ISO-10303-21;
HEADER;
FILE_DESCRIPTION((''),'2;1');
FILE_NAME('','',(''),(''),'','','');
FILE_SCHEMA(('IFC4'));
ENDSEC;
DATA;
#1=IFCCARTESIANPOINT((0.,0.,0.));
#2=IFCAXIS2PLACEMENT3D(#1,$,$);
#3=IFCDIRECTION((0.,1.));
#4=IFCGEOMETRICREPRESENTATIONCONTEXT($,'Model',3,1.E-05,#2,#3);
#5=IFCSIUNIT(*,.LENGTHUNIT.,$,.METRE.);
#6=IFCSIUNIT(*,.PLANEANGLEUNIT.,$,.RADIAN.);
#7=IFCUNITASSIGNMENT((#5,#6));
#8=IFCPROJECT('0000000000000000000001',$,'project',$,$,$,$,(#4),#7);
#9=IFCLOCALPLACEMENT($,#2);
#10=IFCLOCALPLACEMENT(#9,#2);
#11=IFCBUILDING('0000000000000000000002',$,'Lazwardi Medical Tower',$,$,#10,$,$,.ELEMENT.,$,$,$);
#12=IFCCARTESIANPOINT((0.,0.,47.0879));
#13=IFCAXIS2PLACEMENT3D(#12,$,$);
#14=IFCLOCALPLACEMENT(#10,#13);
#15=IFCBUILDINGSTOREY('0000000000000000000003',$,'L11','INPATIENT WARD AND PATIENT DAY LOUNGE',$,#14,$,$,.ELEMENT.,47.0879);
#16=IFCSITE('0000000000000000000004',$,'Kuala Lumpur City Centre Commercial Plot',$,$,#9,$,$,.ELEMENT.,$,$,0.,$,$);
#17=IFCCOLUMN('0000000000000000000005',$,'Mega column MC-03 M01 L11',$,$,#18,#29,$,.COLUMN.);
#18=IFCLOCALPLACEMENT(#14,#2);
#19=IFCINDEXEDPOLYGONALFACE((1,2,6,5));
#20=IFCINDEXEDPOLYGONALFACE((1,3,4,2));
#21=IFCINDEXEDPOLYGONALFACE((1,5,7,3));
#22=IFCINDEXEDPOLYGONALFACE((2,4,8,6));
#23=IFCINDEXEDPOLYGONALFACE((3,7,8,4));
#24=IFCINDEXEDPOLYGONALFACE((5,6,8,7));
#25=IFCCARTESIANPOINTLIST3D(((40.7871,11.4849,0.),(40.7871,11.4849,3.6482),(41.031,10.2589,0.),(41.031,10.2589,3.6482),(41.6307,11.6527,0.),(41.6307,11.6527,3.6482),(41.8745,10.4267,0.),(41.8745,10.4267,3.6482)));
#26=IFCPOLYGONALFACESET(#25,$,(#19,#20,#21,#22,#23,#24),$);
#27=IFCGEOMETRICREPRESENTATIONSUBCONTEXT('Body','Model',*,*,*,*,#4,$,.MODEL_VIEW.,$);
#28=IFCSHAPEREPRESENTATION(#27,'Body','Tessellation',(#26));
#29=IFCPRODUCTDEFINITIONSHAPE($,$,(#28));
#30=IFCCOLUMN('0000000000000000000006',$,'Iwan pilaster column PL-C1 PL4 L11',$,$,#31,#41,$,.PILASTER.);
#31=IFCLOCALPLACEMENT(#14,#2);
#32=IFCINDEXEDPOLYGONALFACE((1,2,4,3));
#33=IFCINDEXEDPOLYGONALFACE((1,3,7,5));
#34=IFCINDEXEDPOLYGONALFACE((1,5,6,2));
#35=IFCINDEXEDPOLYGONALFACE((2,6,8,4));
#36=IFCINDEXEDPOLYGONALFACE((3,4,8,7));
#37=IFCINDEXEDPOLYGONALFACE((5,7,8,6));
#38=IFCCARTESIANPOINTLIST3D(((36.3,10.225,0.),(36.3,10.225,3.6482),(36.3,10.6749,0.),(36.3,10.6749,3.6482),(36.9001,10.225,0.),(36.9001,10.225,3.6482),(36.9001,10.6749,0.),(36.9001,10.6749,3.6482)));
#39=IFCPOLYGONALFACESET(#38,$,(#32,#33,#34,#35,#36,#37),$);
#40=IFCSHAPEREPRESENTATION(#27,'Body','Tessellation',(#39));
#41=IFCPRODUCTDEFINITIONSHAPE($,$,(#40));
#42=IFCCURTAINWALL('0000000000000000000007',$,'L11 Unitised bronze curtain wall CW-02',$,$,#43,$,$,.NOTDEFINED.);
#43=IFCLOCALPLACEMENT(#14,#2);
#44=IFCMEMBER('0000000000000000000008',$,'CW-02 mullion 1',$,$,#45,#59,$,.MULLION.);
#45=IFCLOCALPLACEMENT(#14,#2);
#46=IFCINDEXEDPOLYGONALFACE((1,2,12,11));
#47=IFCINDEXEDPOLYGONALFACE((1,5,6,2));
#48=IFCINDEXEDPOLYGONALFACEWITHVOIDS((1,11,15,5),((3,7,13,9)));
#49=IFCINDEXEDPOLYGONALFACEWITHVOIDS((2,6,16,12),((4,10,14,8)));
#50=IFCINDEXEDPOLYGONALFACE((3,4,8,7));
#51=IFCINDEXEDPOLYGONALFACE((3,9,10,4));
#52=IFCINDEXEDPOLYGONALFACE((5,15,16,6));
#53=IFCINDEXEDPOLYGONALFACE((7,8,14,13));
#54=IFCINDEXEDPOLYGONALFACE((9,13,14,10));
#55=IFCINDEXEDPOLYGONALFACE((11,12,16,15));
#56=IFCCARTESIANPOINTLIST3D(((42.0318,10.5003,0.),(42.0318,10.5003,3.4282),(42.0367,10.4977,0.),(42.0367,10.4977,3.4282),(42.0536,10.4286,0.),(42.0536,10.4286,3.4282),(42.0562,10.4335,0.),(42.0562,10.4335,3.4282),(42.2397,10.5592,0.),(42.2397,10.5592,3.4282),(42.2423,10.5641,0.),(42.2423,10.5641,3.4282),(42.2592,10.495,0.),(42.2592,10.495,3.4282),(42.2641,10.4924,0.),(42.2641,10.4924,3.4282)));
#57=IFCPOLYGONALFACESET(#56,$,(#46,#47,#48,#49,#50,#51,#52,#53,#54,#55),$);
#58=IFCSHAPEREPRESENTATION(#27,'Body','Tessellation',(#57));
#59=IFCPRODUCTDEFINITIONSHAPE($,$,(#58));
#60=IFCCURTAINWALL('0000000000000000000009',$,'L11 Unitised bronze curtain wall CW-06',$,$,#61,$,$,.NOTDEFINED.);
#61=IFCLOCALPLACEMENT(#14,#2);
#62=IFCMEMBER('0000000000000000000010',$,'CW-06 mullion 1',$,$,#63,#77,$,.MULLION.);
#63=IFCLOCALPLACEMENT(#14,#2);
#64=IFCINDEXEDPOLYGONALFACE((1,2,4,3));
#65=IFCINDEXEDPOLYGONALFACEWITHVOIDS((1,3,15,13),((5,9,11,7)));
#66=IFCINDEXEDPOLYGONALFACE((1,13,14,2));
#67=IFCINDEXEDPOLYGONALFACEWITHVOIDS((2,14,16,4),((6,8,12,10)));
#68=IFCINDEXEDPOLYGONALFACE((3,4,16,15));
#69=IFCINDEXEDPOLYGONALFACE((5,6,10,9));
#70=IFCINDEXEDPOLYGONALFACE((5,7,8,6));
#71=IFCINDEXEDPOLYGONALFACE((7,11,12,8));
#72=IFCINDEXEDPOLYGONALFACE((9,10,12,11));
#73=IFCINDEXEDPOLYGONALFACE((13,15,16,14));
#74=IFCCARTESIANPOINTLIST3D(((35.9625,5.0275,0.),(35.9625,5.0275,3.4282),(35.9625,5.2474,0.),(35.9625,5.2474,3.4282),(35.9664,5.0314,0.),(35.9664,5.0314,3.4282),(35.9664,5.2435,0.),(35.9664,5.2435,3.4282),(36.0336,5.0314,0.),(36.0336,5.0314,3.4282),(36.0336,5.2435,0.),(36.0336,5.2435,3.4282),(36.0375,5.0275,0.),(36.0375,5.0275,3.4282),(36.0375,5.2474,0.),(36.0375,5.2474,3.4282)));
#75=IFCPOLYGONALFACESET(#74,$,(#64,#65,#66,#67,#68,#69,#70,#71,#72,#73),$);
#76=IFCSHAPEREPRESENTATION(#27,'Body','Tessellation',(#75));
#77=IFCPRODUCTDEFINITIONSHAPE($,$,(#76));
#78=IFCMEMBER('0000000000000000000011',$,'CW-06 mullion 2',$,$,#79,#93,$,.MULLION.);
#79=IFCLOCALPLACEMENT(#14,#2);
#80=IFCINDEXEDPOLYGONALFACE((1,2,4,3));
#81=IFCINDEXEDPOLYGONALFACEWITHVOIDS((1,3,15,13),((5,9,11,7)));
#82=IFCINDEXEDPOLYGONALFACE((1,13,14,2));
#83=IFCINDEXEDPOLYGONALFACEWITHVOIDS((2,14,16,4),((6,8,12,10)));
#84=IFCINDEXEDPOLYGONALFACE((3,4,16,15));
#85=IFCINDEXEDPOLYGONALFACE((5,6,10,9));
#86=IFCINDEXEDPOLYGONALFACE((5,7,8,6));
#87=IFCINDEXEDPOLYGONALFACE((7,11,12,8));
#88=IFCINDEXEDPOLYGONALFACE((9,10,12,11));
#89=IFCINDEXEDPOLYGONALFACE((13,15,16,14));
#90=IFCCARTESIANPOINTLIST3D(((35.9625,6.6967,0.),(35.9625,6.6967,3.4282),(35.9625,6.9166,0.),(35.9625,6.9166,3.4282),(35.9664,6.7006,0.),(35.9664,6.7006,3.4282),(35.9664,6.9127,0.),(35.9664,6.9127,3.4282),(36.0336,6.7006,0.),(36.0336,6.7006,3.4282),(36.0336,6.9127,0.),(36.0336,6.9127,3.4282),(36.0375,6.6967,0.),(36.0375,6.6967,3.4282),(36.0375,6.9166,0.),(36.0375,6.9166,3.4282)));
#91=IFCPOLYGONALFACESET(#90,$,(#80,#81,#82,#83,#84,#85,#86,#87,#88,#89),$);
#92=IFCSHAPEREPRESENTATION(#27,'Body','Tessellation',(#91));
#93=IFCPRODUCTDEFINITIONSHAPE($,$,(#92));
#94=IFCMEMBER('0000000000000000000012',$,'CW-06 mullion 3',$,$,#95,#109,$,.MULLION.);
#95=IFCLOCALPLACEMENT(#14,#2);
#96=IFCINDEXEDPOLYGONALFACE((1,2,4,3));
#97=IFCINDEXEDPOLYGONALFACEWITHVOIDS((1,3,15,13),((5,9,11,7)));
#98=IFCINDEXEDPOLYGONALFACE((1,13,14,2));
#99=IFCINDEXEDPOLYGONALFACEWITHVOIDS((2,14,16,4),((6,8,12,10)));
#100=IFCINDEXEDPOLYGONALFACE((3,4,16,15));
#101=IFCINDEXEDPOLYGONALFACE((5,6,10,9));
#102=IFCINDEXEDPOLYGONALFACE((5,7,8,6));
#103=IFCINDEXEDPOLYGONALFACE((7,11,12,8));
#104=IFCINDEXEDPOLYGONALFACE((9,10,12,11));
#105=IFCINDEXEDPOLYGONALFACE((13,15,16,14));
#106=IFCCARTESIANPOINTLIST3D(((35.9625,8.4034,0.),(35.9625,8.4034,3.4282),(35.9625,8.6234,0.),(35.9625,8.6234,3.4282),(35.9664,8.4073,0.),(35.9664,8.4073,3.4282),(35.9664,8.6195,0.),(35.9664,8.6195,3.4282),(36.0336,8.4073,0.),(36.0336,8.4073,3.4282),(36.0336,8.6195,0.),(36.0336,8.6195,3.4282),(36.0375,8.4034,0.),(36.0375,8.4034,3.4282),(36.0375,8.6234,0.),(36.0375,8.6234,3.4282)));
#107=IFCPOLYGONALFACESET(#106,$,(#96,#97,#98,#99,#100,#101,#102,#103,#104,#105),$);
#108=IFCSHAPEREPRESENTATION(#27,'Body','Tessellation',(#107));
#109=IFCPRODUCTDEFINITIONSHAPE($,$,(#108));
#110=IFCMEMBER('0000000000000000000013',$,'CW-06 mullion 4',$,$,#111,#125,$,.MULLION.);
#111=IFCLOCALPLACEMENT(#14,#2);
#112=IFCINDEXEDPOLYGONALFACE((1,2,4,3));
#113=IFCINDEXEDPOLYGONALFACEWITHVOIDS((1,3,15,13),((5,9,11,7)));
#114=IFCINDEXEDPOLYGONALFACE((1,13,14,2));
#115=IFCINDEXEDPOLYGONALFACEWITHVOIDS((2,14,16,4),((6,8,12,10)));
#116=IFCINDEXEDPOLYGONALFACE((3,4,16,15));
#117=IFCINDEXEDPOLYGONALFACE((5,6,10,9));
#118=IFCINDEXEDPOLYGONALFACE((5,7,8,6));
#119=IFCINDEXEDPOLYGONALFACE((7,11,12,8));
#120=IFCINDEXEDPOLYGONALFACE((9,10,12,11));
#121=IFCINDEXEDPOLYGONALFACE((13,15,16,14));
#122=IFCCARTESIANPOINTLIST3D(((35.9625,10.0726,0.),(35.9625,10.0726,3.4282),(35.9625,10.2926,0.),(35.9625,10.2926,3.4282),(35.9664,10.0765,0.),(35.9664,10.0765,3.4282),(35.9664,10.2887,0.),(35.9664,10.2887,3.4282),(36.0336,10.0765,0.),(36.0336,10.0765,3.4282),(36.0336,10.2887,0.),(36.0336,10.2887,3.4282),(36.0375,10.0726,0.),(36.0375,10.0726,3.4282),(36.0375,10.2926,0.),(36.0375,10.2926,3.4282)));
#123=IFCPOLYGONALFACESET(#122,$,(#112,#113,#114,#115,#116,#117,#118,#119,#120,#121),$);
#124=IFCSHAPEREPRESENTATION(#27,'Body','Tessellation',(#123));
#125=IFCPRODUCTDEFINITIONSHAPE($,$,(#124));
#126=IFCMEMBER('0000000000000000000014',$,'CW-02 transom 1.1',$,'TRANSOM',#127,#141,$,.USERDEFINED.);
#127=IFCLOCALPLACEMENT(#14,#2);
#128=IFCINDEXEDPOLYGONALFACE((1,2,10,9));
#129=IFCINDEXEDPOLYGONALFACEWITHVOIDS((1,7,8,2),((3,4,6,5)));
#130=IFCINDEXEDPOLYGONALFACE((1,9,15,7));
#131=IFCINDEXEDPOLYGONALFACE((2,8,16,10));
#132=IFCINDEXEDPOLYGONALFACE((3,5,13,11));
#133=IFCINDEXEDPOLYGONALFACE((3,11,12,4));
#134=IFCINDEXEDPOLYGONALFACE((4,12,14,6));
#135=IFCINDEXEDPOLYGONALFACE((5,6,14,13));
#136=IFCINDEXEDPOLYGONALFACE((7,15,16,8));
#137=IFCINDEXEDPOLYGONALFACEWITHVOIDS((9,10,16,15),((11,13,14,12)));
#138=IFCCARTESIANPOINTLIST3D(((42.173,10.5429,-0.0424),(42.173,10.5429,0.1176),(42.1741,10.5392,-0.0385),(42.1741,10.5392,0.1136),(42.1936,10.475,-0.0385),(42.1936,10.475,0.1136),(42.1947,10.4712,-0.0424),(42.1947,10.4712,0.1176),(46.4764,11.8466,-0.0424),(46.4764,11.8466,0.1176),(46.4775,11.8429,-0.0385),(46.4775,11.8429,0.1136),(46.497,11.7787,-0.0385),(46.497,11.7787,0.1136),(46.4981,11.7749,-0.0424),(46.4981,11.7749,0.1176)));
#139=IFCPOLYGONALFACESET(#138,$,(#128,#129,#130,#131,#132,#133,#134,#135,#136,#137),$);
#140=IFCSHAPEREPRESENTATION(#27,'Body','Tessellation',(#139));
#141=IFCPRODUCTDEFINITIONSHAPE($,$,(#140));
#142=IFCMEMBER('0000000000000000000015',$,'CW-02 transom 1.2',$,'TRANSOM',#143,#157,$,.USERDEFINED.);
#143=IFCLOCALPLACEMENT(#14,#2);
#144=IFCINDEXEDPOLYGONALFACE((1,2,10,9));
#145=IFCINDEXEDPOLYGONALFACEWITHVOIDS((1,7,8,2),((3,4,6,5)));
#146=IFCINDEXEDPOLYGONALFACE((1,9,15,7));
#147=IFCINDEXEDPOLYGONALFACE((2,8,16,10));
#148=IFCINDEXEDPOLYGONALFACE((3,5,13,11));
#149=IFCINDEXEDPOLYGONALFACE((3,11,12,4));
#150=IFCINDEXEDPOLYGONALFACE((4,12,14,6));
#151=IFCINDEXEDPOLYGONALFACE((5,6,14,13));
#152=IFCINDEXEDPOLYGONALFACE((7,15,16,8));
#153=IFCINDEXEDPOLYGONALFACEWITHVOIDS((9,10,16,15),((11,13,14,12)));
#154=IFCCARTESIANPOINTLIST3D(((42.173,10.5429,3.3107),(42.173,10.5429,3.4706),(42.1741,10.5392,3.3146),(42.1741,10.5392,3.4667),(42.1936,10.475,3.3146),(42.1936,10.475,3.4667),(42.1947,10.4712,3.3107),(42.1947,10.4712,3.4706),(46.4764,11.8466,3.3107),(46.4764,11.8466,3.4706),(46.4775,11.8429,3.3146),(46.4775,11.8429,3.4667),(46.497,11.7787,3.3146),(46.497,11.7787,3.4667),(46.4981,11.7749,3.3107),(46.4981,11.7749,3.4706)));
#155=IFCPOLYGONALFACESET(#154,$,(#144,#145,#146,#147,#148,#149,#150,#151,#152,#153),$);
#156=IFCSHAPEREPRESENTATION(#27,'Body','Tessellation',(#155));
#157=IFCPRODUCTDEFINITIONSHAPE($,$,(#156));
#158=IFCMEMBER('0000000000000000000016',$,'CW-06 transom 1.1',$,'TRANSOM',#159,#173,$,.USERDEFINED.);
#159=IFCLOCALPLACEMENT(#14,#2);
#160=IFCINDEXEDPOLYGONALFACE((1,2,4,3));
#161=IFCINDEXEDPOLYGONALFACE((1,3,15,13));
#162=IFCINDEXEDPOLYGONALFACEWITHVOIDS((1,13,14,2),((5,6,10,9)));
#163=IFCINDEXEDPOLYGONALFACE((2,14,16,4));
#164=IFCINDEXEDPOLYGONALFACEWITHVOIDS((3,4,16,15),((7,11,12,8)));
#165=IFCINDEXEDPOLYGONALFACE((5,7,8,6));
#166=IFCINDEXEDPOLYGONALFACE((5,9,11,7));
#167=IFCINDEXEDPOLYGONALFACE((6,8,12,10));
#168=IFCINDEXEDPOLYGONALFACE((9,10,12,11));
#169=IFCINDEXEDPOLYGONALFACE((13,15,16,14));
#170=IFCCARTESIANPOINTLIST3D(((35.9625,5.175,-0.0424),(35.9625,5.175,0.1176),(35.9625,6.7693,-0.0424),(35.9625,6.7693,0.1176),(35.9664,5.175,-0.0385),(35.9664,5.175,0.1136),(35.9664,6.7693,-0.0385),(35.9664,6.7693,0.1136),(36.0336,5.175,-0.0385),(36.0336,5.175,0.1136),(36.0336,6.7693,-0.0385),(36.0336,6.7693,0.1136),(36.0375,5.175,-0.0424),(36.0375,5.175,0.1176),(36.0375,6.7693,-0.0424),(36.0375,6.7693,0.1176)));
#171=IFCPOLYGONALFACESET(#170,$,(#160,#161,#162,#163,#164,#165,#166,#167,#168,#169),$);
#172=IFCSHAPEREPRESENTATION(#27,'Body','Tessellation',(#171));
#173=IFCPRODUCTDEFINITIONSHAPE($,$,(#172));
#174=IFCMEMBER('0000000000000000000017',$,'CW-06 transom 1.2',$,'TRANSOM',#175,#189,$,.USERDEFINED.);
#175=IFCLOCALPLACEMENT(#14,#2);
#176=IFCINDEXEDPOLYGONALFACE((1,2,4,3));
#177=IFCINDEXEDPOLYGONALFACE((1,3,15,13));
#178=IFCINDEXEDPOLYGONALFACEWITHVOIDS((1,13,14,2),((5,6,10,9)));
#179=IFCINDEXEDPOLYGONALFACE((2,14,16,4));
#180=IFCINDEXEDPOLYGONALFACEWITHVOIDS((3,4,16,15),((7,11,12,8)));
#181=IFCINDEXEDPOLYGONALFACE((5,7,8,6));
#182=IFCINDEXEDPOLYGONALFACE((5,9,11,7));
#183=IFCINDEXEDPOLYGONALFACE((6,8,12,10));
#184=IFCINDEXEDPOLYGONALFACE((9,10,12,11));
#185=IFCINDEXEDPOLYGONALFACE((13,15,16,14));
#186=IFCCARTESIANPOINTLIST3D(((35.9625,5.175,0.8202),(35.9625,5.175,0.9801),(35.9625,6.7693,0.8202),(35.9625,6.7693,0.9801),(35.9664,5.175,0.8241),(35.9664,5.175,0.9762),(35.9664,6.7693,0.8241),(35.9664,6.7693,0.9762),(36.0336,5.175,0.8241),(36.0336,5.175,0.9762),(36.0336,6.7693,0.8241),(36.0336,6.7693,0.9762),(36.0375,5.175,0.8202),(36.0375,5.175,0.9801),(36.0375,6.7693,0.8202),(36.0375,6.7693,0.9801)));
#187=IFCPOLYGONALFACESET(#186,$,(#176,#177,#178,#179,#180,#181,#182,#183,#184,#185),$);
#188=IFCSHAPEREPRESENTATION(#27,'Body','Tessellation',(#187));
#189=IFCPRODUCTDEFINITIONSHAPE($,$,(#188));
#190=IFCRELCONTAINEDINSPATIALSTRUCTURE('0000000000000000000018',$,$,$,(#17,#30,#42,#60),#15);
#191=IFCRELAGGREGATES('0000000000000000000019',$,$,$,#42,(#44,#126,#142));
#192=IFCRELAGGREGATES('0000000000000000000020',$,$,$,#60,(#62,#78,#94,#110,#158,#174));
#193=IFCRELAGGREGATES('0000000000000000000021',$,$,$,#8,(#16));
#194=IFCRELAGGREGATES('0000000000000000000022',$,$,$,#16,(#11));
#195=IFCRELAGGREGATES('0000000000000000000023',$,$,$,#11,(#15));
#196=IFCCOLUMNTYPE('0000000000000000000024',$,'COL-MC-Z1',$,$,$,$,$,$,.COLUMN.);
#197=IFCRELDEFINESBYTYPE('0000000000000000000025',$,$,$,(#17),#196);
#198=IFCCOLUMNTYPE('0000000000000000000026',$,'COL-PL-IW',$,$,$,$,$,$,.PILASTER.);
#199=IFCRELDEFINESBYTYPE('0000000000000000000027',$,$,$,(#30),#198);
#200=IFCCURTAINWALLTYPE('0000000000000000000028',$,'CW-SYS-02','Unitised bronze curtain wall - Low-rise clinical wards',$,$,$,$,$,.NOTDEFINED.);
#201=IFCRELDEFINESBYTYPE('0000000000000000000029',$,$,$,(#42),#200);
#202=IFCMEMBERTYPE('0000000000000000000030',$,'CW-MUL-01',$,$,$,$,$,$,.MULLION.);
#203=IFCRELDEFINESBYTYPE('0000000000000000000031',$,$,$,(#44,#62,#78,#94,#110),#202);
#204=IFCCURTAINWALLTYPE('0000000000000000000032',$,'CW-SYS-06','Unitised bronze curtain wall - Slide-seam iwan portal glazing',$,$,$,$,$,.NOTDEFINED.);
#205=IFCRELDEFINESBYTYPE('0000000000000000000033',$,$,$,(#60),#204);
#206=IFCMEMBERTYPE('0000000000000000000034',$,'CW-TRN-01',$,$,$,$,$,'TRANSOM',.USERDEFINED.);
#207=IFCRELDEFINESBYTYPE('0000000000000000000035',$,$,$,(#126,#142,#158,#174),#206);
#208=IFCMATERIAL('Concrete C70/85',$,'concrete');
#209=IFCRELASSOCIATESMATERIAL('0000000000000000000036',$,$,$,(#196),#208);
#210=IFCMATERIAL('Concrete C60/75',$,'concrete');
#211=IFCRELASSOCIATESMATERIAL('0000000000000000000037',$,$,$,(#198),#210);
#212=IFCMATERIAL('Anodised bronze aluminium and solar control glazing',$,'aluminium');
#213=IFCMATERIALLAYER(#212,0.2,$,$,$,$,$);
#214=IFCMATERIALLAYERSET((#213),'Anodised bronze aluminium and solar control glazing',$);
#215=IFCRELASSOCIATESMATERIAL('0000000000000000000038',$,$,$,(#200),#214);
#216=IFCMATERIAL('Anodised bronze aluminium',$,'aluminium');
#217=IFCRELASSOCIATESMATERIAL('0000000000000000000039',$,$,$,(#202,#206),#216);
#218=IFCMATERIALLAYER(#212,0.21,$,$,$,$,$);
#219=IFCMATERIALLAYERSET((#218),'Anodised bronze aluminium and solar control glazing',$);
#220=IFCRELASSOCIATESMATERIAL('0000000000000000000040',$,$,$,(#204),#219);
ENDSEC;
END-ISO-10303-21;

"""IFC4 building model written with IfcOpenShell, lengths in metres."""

from ifc_helpers import new_model, si_unit, direction, frame, origin, origin_2d, place, context, subcontext, project, spatial, rectangle, hollow_rectangle, extrude, material, layer, layer_set, material_profile, profile_set, type_object, element, aggregate, save


model = new_model("IFC4")

# Units and contexts
model_context = context("Model", 3, precision=1e-05, world=origin(), true_north=direction((0.0, 1.0)))
body_context = subcontext(model_context, "Body", "Model", "MODEL_VIEW")
ifc_project = project(units=[si_unit("LENGTHUNIT", "METRE"), si_unit("PLANEANGLEUNIT", "RADIAN")], contexts=[model_context])

# Site, building, storey
site_placement = place(None, origin())
site = spatial("IfcSite", under=ifc_project, at=site_placement, Name="Kuala Lumpur City Centre Commercial Plot", CompositionType="ELEMENT", RefElevation=0.0)
building_placement = place(site_placement, origin())
building = spatial("IfcBuilding", under=site, at=building_placement, Name="Lazwardi Medical Tower", CompositionType="ELEMENT")
storey_placement = place(building_placement, frame((0.0, 0.0, 47.0879)))
storey = spatial("IfcBuildingStorey", under=building, at=storey_placement, Name="L11", Description="INPATIENT WARD AND PATIENT DAY LOUNGE", CompositionType="ELEMENT", Elevation=47.0879)

# Columns
ifc_material_1 = material(Name="Concrete C70/85", Category="concrete")
ifc_material_profile_1 = material_profile(ifc_material_1, rectangle(XDim=1.25, YDim=0.8601, at=origin_2d()), Name="CFT-RECT 1250x860")
ifc_profile_set_1 = profile_set([ifc_material_profile_1], Name="Concrete C70/85")
column_type_1 = type_object("IfcColumnType", Name="COL-MC-Z1", PredefinedType="COLUMN", material=ifc_profile_set_1)
column_1_placement = place(storey_placement, frame((41.3308, 10.9558, 0.0), z_axis=(0.0, 0.0, 1.0), x_axis=(0.19509, -0.980785, 0.0)))
element("IfcColumn", 1, at=column_1_placement, inside=storey, type_object=column_type_1, Name="Mega column MC-03 M01 L11", PredefinedType="COLUMN", context=body_context, shape_type="SweptSolid", body=[
    extrude(rectangle(XDim=1.25, YDim=0.8601, at=origin_2d()), origin(), (0.0, 0.0, 1.0), 3.6482),
])
ifc_material_2 = material(Name="Concrete C60/75", Category="concrete")
ifc_material_profile_2 = material_profile(ifc_material_2, rectangle(XDim=0.6001, YDim=0.45, at=origin_2d()), Name="RC 600x450")
ifc_profile_set_2 = profile_set([ifc_material_profile_2], Name="Concrete C60/75")
column_type_2 = type_object("IfcColumnType", Name="COL-PL-IW", PredefinedType="PILASTER", material=ifc_profile_set_2)
column_2_placement = place(storey_placement, frame((36.6001, 10.45, 0.0), z_axis=(0.0, 0.0, 1.0), x_axis=(1.0, 0.0, 0.0)))
element("IfcColumn", 2, at=column_2_placement, inside=storey, type_object=column_type_2, Name="Iwan pilaster column PL-C1 PL4 L11", PredefinedType="PILASTER", context=body_context, shape_type="SweptSolid", body=[
    extrude(rectangle(XDim=0.6001, YDim=0.45, at=origin_2d()), origin(), (0.0, 0.0, 1.0), 3.6482),
])

# Curtain wall, member
ifc_material_3 = material(Name="Anodised bronze aluminium and solar control glazing", Category="aluminium")
ifc_layer_1 = layer(ifc_material_3, 0.2)
ifc_layer_set_1 = layer_set([ifc_layer_1], Name="Anodised bronze aluminium and solar control glazing")
curtain_wall_type_1 = type_object("IfcCurtainWallType", Name="CW-SYS-02", Description="Unitised bronze curtain wall - Low-rise clinical wards", PredefinedType="NOTDEFINED", material=ifc_layer_set_1)
curtain_wall_1_placement = place(storey_placement, origin())
curtain_wall_1 = element("IfcCurtainWall", 3, at=curtain_wall_1_placement, inside=storey, type_object=curtain_wall_type_1, Name="L11 Unitised bronze curtain wall CW-02", PredefinedType="NOTDEFINED")
ifc_material_4 = material(Name="Anodised bronze aluminium", Category="aluminium")
ifc_material_profile_3 = material_profile(ifc_material_4, hollow_rectangle(XDim=0.075, YDim=0.22, WallThickness=0.0039, at=origin_2d()), Name="ALU-MULLION 220x75x4")
ifc_profile_set_3 = profile_set([ifc_material_profile_3], Name="Anodised bronze aluminium")
member_type_1 = type_object("IfcMemberType", Name="CW-MUL-01", PredefinedType="MULLION", material=ifc_profile_set_3)
member_1_placement = place(storey_placement, frame((42.1479, 10.4963, 0.0), z_axis=(0.0, 0.0, 1.0), x_axis=(-0.289896, 0.957058, 0.0)))
member_1 = element("IfcMember", 4, at=member_1_placement, type_object=member_type_1, Name="CW-02 mullion 1", PredefinedType="MULLION", context=body_context, shape_type="SweptSolid", body=[
    extrude(hollow_rectangle(XDim=0.075, YDim=0.22, WallThickness=0.0039, at=origin_2d()), origin(), (0.0, 0.0, 1.0), 3.4282),
])

# Curtain wall, members
ifc_layer_2 = layer(ifc_material_3, 0.21)
ifc_layer_set_2 = layer_set([ifc_layer_2], Name="Anodised bronze aluminium and solar control glazing")
curtain_wall_type_2 = type_object("IfcCurtainWallType", Name="CW-SYS-06", Description="Unitised bronze curtain wall - Slide-seam iwan portal glazing", PredefinedType="NOTDEFINED", material=ifc_layer_set_2)
curtain_wall_2_placement = place(storey_placement, origin())
curtain_wall_2 = element("IfcCurtainWall", 5, at=curtain_wall_2_placement, inside=storey, type_object=curtain_wall_type_2, Name="L11 Unitised bronze curtain wall CW-06", PredefinedType="NOTDEFINED")
member_2_placement = place(storey_placement, frame((36.0, 5.1375, 0.0), z_axis=(0.0, 0.0, 1.0), x_axis=(-1.0, 0.0, 0.0)))
member_2 = element("IfcMember", 6, at=member_2_placement, type_object=member_type_1, Name="CW-06 mullion 1", PredefinedType="MULLION", context=body_context, shape_type="SweptSolid", body=[
    extrude(hollow_rectangle(XDim=0.075, YDim=0.22, WallThickness=0.0039, at=origin_2d()), origin(), (0.0, 0.0, 1.0), 3.4282),
])
member_3_placement = place(storey_placement, frame((36.0, 6.8066, 0.0), z_axis=(0.0, 0.0, 1.0), x_axis=(-1.0, 0.0, 0.0)))
member_3 = element("IfcMember", 7, at=member_3_placement, type_object=member_type_1, Name="CW-06 mullion 2", PredefinedType="MULLION", context=body_context, shape_type="SweptSolid", body=[
    extrude(hollow_rectangle(XDim=0.075, YDim=0.22, WallThickness=0.0039, at=origin_2d()), origin(), (0.0, 0.0, 1.0), 3.4282),
])
member_4_placement = place(storey_placement, frame((36.0, 8.5134, 0.0), z_axis=(0.0, 0.0, 1.0), x_axis=(-1.0, 0.0, 0.0)))
member_4 = element("IfcMember", 8, at=member_4_placement, type_object=member_type_1, Name="CW-06 mullion 3", PredefinedType="MULLION", context=body_context, shape_type="SweptSolid", body=[
    extrude(hollow_rectangle(XDim=0.075, YDim=0.22, WallThickness=0.0039, at=origin_2d()), origin(), (0.0, 0.0, 1.0), 3.4282),
])
member_5_placement = place(storey_placement, frame((36.0, 10.1826, 0.0), z_axis=(0.0, 0.0, 1.0), x_axis=(-1.0, 0.0, 0.0)))
member_5 = element("IfcMember", 9, at=member_5_placement, type_object=member_type_1, Name="CW-06 mullion 4", PredefinedType="MULLION", context=body_context, shape_type="SweptSolid", body=[
    extrude(hollow_rectangle(XDim=0.075, YDim=0.22, WallThickness=0.0039, at=origin_2d()), origin(), (0.0, 0.0, 1.0), 3.4282),
])

# Members
ifc_material_profile_4 = material_profile(ifc_material_4, hollow_rectangle(XDim=0.075, YDim=0.1599, WallThickness=0.0039, at=origin_2d()), Name="ALU-TRANSOM 160x75x4")
ifc_profile_set_4 = profile_set([ifc_material_profile_4], Name="Anodised bronze aluminium")
member_type_2 = type_object("IfcMemberType", Name="CW-TRN-01", ElementType="TRANSOM", PredefinedType="USERDEFINED", material=ifc_profile_set_4)
member_6_placement = place(storey_placement, frame((42.1838, 10.5071, 0.0376), z_axis=(0.957047, 0.289932, 0.0), x_axis=(-0.289932, 0.957047, 0.0)))
member_6 = element("IfcMember", 10, at=member_6_placement, type_object=member_type_2, Name="CW-02 transom 1.1", ObjectType="TRANSOM", PredefinedType="USERDEFINED", context=body_context, shape_type="SweptSolid", body=[
    extrude(hollow_rectangle(XDim=0.075, YDim=0.1599, WallThickness=0.0039, at=origin_2d()), origin(), (0.0, 0.0, 1.0), 4.4966),
])
member_7_placement = place(storey_placement, frame((42.1838, 10.5071, 3.3906), z_axis=(0.957047, 0.289932, 0.0), x_axis=(-0.289932, 0.957047, 0.0)))
member_7 = element("IfcMember", 11, at=member_7_placement, type_object=member_type_2, Name="CW-02 transom 1.2", ObjectType="TRANSOM", PredefinedType="USERDEFINED", context=body_context, shape_type="SweptSolid", body=[
    extrude(hollow_rectangle(XDim=0.075, YDim=0.1599, WallThickness=0.0039, at=origin_2d()), origin(), (0.0, 0.0, 1.0), 4.4966),
])
aggregate(curtain_wall_1, [member_1, member_6, member_7])
member_8_placement = place(storey_placement, frame((36.0, 5.175, 0.0376), z_axis=(0.0, 1.0, 0.0), x_axis=(-1.0, 0.0, 0.0)))
member_8 = element("IfcMember", 12, at=member_8_placement, type_object=member_type_2, Name="CW-06 transom 1.1", ObjectType="TRANSOM", PredefinedType="USERDEFINED", context=body_context, shape_type="SweptSolid", body=[
    extrude(hollow_rectangle(XDim=0.075, YDim=0.1599, WallThickness=0.0039, at=origin_2d()), origin(), (0.0, 0.0, 1.0), 1.5942),
])
member_9_placement = place(storey_placement, frame((36.0, 5.175, 0.9001), z_axis=(0.0, 1.0, 0.0), x_axis=(-1.0, 0.0, 0.0)))
member_9 = element("IfcMember", 13, at=member_9_placement, type_object=member_type_2, Name="CW-06 transom 1.2", ObjectType="TRANSOM", PredefinedType="USERDEFINED", context=body_context, shape_type="SweptSolid", body=[
    extrude(hollow_rectangle(XDim=0.075, YDim=0.1599, WallThickness=0.0039, at=origin_2d()), origin(), (0.0, 0.0, 1.0), 1.5942),
])

aggregate(curtain_wall_2, [member_2, member_3, member_4, member_5, member_8, member_9])

save(model, "model.ifc")
